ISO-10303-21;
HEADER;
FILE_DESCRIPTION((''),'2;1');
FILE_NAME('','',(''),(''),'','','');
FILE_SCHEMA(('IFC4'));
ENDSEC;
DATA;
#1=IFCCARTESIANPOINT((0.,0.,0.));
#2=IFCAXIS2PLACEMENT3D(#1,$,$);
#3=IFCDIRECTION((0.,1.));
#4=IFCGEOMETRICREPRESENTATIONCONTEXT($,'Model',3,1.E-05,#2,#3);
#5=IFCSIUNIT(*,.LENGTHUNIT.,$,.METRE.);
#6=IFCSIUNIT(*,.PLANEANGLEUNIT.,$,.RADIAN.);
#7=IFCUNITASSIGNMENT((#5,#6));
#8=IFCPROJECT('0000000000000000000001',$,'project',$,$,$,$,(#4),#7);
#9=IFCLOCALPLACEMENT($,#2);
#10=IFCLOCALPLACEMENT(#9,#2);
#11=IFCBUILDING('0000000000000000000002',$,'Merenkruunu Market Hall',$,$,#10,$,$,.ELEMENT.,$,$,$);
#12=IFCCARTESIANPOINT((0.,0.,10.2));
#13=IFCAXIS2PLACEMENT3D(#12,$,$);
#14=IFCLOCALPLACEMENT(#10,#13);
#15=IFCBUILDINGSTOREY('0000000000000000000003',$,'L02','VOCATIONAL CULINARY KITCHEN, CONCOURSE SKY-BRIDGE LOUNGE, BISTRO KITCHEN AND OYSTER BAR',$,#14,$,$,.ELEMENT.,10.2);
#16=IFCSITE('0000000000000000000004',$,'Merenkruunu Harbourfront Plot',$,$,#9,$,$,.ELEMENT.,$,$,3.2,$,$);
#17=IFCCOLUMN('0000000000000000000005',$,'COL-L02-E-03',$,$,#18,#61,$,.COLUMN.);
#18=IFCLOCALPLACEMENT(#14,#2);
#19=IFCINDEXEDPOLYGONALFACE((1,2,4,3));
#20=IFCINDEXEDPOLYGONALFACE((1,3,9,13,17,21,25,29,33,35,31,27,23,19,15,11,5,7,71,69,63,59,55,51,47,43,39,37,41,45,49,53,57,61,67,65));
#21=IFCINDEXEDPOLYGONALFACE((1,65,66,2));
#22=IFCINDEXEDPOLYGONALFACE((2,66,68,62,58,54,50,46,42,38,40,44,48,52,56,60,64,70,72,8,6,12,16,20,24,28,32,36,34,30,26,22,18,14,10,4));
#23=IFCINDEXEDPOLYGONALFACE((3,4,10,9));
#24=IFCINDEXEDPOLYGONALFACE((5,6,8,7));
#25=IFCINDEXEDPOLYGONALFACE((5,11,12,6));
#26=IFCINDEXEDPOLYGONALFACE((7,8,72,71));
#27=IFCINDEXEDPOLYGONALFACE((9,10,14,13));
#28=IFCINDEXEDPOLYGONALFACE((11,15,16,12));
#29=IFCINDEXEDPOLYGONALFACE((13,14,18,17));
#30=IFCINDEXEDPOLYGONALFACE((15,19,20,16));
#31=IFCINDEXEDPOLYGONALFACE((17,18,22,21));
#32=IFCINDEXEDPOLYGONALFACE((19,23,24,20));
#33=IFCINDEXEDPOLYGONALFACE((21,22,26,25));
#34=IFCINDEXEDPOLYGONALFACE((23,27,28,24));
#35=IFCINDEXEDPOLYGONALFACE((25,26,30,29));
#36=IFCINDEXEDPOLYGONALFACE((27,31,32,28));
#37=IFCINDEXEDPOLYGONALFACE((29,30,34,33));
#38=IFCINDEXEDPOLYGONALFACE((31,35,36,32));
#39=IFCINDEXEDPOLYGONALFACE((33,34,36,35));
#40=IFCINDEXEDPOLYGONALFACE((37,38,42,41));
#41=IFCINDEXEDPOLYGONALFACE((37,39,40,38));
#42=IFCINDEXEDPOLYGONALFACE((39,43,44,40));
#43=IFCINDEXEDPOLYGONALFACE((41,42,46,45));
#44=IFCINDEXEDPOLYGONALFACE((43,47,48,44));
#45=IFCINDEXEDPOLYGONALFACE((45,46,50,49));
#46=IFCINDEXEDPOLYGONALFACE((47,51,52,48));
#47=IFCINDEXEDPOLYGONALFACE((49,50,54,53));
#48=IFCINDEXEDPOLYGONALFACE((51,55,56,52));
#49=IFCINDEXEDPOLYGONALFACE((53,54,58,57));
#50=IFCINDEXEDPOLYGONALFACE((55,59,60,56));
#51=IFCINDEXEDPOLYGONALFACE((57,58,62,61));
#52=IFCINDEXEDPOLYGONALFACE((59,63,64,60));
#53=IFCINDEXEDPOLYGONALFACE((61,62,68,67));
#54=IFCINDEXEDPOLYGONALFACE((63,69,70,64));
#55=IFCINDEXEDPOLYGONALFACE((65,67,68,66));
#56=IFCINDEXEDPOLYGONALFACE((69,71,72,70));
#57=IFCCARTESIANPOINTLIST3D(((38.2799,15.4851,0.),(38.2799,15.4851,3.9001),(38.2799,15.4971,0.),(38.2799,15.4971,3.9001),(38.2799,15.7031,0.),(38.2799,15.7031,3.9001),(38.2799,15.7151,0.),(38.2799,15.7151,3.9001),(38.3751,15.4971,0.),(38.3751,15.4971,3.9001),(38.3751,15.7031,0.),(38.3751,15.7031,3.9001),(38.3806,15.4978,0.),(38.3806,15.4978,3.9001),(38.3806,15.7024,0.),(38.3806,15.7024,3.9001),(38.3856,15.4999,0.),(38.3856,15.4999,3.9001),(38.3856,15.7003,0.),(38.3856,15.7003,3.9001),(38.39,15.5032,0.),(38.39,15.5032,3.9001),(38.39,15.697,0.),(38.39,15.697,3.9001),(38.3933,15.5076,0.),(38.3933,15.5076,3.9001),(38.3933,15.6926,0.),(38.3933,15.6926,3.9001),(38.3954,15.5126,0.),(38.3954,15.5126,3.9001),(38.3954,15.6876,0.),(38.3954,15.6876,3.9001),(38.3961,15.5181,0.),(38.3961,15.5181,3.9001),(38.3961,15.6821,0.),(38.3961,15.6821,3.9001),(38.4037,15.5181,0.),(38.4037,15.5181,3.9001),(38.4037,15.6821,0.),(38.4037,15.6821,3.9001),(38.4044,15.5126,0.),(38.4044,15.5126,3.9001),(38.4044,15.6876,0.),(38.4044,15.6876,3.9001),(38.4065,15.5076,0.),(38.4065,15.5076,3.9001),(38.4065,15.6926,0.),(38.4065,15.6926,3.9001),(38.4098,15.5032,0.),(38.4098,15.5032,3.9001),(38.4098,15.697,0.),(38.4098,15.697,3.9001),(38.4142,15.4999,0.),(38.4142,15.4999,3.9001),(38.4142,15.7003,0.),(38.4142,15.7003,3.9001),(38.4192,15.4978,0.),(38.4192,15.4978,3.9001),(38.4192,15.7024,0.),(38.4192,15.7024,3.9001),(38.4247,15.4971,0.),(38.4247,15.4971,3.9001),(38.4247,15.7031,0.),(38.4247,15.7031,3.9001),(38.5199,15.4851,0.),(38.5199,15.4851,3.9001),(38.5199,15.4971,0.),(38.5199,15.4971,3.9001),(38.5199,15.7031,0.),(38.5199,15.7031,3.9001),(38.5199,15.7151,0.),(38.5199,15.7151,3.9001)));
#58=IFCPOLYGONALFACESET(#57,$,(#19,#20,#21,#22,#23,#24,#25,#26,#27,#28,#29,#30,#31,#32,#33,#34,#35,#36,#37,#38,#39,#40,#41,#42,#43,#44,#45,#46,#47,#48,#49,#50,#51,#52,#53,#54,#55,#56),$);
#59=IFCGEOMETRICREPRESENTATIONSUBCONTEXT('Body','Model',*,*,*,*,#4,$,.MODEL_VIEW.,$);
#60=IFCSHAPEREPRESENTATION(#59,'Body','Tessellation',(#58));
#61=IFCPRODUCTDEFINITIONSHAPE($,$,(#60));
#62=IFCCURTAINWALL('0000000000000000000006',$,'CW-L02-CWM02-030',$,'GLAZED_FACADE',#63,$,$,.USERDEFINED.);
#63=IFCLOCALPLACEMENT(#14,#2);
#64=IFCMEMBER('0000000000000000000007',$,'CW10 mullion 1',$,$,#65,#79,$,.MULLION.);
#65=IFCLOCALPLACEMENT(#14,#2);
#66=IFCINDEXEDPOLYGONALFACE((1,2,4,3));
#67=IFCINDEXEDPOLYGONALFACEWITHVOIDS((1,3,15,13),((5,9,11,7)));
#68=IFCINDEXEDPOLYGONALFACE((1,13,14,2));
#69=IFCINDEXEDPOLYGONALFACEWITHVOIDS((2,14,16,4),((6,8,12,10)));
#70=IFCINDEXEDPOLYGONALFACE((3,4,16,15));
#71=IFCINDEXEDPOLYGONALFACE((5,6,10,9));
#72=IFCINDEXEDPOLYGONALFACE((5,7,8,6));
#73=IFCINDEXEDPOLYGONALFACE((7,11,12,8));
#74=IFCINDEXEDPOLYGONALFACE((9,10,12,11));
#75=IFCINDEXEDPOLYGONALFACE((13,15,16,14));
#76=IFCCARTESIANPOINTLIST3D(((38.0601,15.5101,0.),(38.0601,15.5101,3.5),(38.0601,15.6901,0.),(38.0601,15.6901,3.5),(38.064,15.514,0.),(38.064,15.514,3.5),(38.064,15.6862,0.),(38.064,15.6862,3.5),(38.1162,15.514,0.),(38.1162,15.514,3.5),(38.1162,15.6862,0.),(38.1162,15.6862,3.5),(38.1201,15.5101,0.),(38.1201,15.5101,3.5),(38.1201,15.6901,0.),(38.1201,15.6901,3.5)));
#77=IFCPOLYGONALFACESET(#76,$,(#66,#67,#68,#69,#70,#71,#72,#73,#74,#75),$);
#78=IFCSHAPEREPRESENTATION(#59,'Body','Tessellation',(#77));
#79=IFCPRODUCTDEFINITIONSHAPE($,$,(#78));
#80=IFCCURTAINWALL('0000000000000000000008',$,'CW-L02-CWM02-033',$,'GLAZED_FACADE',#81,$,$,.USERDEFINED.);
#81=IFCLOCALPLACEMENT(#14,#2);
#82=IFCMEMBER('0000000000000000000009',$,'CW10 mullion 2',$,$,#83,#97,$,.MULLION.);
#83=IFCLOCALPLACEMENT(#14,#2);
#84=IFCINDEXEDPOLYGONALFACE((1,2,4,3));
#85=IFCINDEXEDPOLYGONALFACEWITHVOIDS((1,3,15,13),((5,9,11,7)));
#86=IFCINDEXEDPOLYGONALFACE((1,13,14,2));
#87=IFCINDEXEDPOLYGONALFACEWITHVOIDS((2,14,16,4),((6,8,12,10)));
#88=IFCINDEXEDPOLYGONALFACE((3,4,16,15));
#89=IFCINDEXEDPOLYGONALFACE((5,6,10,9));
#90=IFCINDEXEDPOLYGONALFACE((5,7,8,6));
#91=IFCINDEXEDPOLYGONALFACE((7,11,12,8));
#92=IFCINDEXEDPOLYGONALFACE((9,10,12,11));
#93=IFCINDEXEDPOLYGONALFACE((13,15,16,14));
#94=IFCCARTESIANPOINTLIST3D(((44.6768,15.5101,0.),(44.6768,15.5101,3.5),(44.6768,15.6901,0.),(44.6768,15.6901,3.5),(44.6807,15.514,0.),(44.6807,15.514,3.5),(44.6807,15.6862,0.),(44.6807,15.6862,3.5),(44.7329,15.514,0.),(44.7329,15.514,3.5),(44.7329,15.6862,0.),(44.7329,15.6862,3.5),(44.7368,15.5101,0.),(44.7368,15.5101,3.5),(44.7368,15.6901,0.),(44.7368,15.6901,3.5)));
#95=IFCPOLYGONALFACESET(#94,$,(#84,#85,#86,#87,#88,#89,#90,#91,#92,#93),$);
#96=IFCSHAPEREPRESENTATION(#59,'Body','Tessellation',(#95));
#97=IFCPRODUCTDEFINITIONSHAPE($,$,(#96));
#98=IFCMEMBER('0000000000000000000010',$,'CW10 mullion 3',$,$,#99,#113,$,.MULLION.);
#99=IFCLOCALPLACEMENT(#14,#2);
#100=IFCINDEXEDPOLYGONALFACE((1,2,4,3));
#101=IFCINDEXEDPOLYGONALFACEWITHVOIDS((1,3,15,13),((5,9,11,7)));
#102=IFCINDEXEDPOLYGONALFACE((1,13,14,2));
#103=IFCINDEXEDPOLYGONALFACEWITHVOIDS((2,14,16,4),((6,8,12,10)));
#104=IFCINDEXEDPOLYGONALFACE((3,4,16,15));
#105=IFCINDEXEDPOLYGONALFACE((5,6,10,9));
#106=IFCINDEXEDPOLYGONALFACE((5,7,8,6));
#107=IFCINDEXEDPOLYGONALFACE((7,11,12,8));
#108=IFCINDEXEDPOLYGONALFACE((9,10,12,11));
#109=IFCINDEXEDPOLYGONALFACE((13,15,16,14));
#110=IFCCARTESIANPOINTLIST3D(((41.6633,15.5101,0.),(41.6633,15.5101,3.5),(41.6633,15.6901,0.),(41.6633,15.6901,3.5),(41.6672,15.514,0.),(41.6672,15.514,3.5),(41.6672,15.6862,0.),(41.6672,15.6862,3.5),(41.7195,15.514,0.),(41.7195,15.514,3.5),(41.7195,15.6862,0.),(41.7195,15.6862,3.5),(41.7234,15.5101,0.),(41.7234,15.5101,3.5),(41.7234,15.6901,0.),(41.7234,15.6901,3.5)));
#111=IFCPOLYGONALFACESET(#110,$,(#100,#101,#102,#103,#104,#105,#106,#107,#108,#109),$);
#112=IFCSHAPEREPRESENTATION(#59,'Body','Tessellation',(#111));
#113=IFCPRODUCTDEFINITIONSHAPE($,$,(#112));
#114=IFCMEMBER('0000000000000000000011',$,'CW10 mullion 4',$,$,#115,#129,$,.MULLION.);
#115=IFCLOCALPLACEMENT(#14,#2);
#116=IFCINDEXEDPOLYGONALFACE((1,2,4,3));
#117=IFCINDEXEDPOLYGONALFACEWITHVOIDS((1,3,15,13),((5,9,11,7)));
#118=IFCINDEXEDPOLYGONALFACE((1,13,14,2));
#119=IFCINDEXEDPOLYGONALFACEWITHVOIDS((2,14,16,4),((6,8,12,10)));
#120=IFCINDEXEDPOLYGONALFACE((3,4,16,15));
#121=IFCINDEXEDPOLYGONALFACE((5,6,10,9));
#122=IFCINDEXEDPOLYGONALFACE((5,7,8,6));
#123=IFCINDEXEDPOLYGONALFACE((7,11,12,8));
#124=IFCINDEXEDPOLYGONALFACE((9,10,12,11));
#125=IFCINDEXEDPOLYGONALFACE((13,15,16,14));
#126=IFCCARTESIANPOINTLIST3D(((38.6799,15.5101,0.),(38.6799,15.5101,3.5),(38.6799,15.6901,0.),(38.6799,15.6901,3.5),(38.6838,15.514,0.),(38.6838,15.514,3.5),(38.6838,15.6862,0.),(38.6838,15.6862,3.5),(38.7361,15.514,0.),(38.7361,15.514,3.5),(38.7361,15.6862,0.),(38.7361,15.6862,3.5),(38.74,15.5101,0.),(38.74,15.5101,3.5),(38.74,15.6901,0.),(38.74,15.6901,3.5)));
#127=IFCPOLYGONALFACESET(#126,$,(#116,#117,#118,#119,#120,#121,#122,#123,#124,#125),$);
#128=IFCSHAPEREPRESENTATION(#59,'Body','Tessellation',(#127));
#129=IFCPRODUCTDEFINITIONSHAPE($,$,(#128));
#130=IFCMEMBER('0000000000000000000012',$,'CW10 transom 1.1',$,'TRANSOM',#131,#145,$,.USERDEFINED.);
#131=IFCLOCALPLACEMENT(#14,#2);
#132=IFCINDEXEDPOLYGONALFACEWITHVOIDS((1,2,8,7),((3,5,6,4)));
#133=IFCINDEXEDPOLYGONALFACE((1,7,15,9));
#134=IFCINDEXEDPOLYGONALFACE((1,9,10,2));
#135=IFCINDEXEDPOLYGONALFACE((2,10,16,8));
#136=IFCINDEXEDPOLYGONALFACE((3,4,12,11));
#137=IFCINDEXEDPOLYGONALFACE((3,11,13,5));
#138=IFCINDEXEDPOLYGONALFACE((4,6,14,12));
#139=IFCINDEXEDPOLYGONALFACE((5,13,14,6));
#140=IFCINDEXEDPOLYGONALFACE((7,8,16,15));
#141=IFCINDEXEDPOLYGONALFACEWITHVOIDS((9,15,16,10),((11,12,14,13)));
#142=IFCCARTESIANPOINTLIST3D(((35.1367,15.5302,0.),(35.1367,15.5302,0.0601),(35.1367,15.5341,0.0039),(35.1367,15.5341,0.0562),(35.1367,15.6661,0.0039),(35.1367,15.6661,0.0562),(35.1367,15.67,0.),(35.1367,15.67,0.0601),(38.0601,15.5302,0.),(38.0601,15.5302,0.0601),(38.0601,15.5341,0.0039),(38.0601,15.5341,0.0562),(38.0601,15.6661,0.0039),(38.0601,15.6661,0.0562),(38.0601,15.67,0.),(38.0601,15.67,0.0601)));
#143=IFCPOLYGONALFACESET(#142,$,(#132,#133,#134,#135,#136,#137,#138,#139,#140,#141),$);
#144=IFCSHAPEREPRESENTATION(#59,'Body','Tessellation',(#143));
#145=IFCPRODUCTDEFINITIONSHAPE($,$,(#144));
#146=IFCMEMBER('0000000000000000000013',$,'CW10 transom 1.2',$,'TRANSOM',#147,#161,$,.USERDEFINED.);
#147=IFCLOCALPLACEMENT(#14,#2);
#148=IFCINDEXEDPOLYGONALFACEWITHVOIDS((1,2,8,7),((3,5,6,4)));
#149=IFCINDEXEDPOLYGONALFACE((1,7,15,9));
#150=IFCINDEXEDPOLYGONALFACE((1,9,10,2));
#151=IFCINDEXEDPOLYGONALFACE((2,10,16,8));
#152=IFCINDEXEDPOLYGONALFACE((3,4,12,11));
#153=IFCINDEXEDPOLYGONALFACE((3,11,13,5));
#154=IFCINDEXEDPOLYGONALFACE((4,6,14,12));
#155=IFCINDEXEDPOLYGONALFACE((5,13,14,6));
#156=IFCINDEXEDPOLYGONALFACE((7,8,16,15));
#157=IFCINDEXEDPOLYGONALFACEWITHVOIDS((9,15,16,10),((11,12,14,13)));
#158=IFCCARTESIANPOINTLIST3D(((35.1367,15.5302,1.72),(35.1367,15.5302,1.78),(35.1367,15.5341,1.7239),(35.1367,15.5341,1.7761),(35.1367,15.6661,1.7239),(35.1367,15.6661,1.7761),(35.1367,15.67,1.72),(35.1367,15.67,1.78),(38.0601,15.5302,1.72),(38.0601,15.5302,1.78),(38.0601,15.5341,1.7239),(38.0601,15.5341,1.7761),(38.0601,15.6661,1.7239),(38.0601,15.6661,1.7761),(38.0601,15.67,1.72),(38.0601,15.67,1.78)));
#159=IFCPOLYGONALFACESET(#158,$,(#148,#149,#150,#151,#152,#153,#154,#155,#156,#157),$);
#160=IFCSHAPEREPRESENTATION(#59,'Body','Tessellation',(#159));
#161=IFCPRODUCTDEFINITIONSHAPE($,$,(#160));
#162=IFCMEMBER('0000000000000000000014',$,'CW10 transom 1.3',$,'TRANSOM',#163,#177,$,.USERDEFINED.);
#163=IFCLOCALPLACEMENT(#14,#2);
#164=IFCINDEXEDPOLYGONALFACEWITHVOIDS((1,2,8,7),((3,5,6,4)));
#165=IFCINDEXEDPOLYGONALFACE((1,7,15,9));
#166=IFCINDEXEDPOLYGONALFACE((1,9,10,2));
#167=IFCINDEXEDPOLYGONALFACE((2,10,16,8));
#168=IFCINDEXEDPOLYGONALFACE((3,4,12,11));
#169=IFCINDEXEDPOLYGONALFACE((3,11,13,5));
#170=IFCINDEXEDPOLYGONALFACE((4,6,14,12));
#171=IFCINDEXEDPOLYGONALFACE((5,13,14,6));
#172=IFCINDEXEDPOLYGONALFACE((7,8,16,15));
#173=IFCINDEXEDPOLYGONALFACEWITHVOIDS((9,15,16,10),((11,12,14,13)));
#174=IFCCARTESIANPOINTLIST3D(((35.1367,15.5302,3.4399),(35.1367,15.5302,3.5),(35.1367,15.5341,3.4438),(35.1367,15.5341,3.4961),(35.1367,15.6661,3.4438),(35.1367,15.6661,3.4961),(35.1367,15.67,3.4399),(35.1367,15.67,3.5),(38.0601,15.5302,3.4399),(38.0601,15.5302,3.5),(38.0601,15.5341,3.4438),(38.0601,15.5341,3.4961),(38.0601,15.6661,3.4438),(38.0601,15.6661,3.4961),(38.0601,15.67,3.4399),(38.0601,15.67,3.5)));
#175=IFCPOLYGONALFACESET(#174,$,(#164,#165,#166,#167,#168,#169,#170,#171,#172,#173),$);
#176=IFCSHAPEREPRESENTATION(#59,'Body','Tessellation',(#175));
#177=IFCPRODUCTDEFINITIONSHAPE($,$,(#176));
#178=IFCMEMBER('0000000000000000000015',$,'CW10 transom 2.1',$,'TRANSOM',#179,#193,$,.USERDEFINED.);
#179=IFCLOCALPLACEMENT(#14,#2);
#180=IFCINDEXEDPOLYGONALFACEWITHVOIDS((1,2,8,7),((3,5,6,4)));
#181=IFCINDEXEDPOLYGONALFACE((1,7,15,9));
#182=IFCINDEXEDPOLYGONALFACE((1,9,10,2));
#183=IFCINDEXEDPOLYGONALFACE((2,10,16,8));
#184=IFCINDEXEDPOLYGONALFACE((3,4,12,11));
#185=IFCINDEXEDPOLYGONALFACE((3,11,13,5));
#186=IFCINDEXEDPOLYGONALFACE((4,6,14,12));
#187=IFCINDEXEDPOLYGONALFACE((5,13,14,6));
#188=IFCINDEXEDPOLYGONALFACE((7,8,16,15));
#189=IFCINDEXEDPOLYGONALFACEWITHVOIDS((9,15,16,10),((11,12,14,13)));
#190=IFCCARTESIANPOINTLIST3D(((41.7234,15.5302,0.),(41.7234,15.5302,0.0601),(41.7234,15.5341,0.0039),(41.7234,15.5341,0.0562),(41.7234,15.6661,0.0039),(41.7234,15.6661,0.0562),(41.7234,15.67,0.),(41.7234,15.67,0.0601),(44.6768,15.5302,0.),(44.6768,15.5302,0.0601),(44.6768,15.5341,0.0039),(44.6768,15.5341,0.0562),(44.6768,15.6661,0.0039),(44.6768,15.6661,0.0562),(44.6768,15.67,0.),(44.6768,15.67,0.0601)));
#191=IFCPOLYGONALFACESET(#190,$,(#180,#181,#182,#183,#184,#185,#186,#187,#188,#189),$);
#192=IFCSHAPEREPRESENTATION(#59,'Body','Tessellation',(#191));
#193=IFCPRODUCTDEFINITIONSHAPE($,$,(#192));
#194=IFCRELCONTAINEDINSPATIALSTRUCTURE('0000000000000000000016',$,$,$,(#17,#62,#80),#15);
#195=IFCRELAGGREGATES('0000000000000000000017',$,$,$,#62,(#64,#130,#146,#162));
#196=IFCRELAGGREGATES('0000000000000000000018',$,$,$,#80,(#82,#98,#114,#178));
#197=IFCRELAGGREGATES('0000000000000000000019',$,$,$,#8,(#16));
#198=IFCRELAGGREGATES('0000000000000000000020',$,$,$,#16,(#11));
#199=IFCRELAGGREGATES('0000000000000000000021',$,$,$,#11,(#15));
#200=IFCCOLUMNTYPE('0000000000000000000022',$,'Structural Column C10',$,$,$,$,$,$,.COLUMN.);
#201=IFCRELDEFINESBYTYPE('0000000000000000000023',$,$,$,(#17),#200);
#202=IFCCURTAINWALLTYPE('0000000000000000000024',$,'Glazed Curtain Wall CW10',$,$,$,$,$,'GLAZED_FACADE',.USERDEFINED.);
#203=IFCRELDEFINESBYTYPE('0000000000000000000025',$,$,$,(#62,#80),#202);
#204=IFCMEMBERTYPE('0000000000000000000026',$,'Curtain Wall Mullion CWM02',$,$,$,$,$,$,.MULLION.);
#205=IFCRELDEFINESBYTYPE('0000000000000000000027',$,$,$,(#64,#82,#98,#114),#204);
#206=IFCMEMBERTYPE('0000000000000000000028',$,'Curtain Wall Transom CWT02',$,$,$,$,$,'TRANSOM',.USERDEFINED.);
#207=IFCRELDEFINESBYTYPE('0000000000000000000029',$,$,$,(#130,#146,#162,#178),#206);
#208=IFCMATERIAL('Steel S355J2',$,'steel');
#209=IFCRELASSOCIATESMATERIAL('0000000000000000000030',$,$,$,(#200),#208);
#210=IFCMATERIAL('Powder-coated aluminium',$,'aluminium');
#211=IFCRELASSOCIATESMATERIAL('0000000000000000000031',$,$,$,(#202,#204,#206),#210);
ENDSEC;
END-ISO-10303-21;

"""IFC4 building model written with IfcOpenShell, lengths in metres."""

from ifc_helpers import new_model, si_unit, direction, frame, origin, origin_2d, place, context, subcontext, project, spatial, hollow_rectangle, i_section, extrude, material, material_profile, profile_set, type_object, element, aggregate, save


model = new_model("IFC4")

# Units and contexts
model_context = context("Model", 3, precision=1e-05, world=origin(), true_north=direction((0.0, 1.0)))
body_context = subcontext(model_context, "Body", "Model", "MODEL_VIEW")
ifc_project = project(units=[si_unit("LENGTHUNIT", "METRE"), si_unit("PLANEANGLEUNIT", "RADIAN")], contexts=[model_context])

# Site, building, storey
site_placement = place(None, origin())
site = spatial("IfcSite", under=ifc_project, at=site_placement, Name="Merenkruunu Harbourfront Plot", CompositionType="ELEMENT", RefElevation=3.2)
building_placement = place(site_placement, origin())
building = spatial("IfcBuilding", under=site, at=building_placement, Name="Merenkruunu Market Hall", CompositionType="ELEMENT")
storey_placement = place(building_placement, frame((0.0, 0.0, 10.2)))
storey = spatial("IfcBuildingStorey", under=building, at=storey_placement, Name="L02", Description="VOCATIONAL CULINARY KITCHEN, CONCOURSE SKY-BRIDGE LOUNGE, BISTRO KITCHEN AND OYSTER BAR", CompositionType="ELEMENT", Elevation=10.2)

# Column
ifc_material_1 = material(Name="Steel S355J2", Category="steel")
ifc_material_profile_1 = material_profile(ifc_material_1, i_section(OverallWidth=0.24, OverallDepth=0.23, WebThickness=0.0076, FlangeThickness=0.012, FilletRadius=0.021, at=origin_2d()), Name="HEA 240")
ifc_profile_set_1 = profile_set([ifc_material_profile_1], Name="Steel S355J2")
column_type = type_object("IfcColumnType", Name="Structural Column C10", PredefinedType="COLUMN", material=ifc_profile_set_1)
column_placement = place(storey_placement, frame((38.3999, 15.6001, 0.0), z_axis=(0.0, 0.0, 1.0), x_axis=(1.0, 0.0, 0.0)))
element("IfcColumn", 1, at=column_placement, inside=storey, type_object=column_type, Name="COL-L02-E-03", PredefinedType="COLUMN", context=body_context, shape_type="SweptSolid", body=[
    extrude(i_section(OverallWidth=0.24, OverallDepth=0.23, WebThickness=0.0076, FlangeThickness=0.012, FilletRadius=0.021, at=origin_2d()), origin(), (0.0, 0.0, 1.0), 3.9001),
])

# Curtain wall, member
ifc_material_2 = material(Name="Powder-coated aluminium", Category="aluminium")
curtain_wall_type = type_object("IfcCurtainWallType", Name="Glazed Curtain Wall CW10", ElementType="GLAZED_FACADE", PredefinedType="USERDEFINED", material=ifc_material_2)
curtain_wall_1_placement = place(storey_placement, origin())
curtain_wall_1 = element("IfcCurtainWall", 2, at=curtain_wall_1_placement, inside=storey, type_object=curtain_wall_type, Name="CW-L02-CWM02-030", ObjectType="GLAZED_FACADE", PredefinedType="USERDEFINED")
ifc_material_profile_2 = material_profile(ifc_material_2, hollow_rectangle(XDim=0.0601, YDim=0.1799, WallThickness=0.0039, at=origin_2d()), Name="ALU 60x180x4")
ifc_profile_set_2 = profile_set([ifc_material_profile_2], Name="Powder-coated aluminium")
member_type_1 = type_object("IfcMemberType", Name="Curtain Wall Mullion CWM02", PredefinedType="MULLION", material=ifc_profile_set_2)
member_1_placement = place(storey_placement, frame((38.0901, 15.6001, 0.0), z_axis=(0.0, 0.0, 1.0), x_axis=(-1.0, 0.0, 0.0)))
member_1 = element("IfcMember", 3, at=member_1_placement, type_object=member_type_1, Name="CW10 mullion 1", PredefinedType="MULLION", context=body_context, shape_type="SweptSolid", body=[
    extrude(hollow_rectangle(XDim=0.0601, YDim=0.1799, WallThickness=0.0039, at=origin_2d()), origin(), (0.0, 0.0, 1.0), 3.5),
])

# Curtain wall, members
curtain_wall_2_placement = place(storey_placement, origin())
curtain_wall_2 = element("IfcCurtainWall", 4, at=curtain_wall_2_placement, inside=storey, type_object=curtain_wall_type, Name="CW-L02-CWM02-033", ObjectType="GLAZED_FACADE", PredefinedType="USERDEFINED")
member_2_placement = place(storey_placement, frame((44.7068, 15.6001, 0.0), z_axis=(0.0, 0.0, 1.0), x_axis=(-1.0, 0.0, 0.0)))
member_2 = element("IfcMember", 5, at=member_2_placement, type_object=member_type_1, Name="CW10 mullion 2", PredefinedType="MULLION", context=body_context, shape_type="SweptSolid", body=[
    extrude(hollow_rectangle(XDim=0.0601, YDim=0.1799, WallThickness=0.0039, at=origin_2d()), origin(), (0.0, 0.0, 1.0), 3.5),
])
member_3_placement = place(storey_placement, frame((41.6934, 15.6001, 0.0), z_axis=(0.0, 0.0, 1.0), x_axis=(-1.0, 0.0, 0.0)))
member_3 = element("IfcMember", 6, at=member_3_placement, type_object=member_type_1, Name="CW10 mullion 3", PredefinedType="MULLION", context=body_context, shape_type="SweptSolid", body=[
    extrude(hollow_rectangle(XDim=0.0601, YDim=0.1799, WallThickness=0.0039, at=origin_2d()), origin(), (0.0, 0.0, 1.0), 3.5),
])
member_4_placement = place(storey_placement, frame((38.71, 15.6001, 0.0), z_axis=(0.0, 0.0, 1.0), x_axis=(-1.0, 0.0, 0.0)))
member_4 = element("IfcMember", 7, at=member_4_placement, type_object=member_type_1, Name="CW10 mullion 4", PredefinedType="MULLION", context=body_context, shape_type="SweptSolid", body=[
    extrude(hollow_rectangle(XDim=0.0601, YDim=0.1799, WallThickness=0.0039, at=origin_2d()), origin(), (0.0, 0.0, 1.0), 3.5),
])

# Members
ifc_material_profile_3 = material_profile(ifc_material_2, hollow_rectangle(XDim=0.0601, YDim=0.1399, WallThickness=0.0039, at=origin_2d()), Name="ALU 60x140x4")
ifc_profile_set_3 = profile_set([ifc_material_profile_3], Name="Powder-coated aluminium")
member_type_2 = type_object("IfcMemberType", Name="Curtain Wall Transom CWT02", ElementType="TRANSOM", PredefinedType="USERDEFINED", material=ifc_profile_set_3)
member_5_placement = place(storey_placement, frame((38.0601, 15.6001, 0.03), z_axis=(-1.0, 0.0, 0.0), x_axis=(0.0, 0.0, 1.0)))
member_5 = element("IfcMember", 8, at=member_5_placement, type_object=member_type_2, Name="CW10 transom 1.1", ObjectType="TRANSOM", PredefinedType="USERDEFINED", context=body_context, shape_type="SweptSolid", body=[
    extrude(hollow_rectangle(XDim=0.0601, YDim=0.1399, WallThickness=0.0039, at=origin_2d()), origin(), (0.0, 0.0, 1.0), 2.9233),
])
member_6_placement = place(storey_placement, frame((38.0601, 15.6001, 1.75), z_axis=(-1.0, 0.0, 0.0), x_axis=(0.0, 0.0, 1.0)))
member_6 = element("IfcMember", 9, at=member_6_placement, type_object=member_type_2, Name="CW10 transom 1.2", ObjectType="TRANSOM", PredefinedType="USERDEFINED", context=body_context, shape_type="SweptSolid", body=[
    extrude(hollow_rectangle(XDim=0.0601, YDim=0.1399, WallThickness=0.0039, at=origin_2d()), origin(), (0.0, 0.0, 1.0), 2.9233),
])
member_7_placement = place(storey_placement, frame((38.0601, 15.6001, 3.47), z_axis=(-1.0, 0.0, 0.0), x_axis=(0.0, 0.0, 1.0)))
member_7 = element("IfcMember", 10, at=member_7_placement, type_object=member_type_2, Name="CW10 transom 1.3", ObjectType="TRANSOM", PredefinedType="USERDEFINED", context=body_context, shape_type="SweptSolid", body=[
    extrude(hollow_rectangle(XDim=0.0601, YDim=0.1399, WallThickness=0.0039, at=origin_2d()), origin(), (0.0, 0.0, 1.0), 2.9233),
])
member_8_placement = place(storey_placement, frame((44.6768, 15.6001, 0.03), z_axis=(-1.0, 0.0, 0.0), x_axis=(0.0, 0.0, 1.0)))
member_8 = element("IfcMember", 11, at=member_8_placement, type_object=member_type_2, Name="CW10 transom 2.1", ObjectType="TRANSOM", PredefinedType="USERDEFINED", context=body_context, shape_type="SweptSolid", body=[
    extrude(hollow_rectangle(XDim=0.0601, YDim=0.1399, WallThickness=0.0039, at=origin_2d()), origin(), (0.0, 0.0, 1.0), 2.9534),
])

aggregate(curtain_wall_1, [member_1, member_5, member_6, member_7])
aggregate(curtain_wall_2, [member_2, member_3, member_4, member_8])

save(model, "model.ifc")
